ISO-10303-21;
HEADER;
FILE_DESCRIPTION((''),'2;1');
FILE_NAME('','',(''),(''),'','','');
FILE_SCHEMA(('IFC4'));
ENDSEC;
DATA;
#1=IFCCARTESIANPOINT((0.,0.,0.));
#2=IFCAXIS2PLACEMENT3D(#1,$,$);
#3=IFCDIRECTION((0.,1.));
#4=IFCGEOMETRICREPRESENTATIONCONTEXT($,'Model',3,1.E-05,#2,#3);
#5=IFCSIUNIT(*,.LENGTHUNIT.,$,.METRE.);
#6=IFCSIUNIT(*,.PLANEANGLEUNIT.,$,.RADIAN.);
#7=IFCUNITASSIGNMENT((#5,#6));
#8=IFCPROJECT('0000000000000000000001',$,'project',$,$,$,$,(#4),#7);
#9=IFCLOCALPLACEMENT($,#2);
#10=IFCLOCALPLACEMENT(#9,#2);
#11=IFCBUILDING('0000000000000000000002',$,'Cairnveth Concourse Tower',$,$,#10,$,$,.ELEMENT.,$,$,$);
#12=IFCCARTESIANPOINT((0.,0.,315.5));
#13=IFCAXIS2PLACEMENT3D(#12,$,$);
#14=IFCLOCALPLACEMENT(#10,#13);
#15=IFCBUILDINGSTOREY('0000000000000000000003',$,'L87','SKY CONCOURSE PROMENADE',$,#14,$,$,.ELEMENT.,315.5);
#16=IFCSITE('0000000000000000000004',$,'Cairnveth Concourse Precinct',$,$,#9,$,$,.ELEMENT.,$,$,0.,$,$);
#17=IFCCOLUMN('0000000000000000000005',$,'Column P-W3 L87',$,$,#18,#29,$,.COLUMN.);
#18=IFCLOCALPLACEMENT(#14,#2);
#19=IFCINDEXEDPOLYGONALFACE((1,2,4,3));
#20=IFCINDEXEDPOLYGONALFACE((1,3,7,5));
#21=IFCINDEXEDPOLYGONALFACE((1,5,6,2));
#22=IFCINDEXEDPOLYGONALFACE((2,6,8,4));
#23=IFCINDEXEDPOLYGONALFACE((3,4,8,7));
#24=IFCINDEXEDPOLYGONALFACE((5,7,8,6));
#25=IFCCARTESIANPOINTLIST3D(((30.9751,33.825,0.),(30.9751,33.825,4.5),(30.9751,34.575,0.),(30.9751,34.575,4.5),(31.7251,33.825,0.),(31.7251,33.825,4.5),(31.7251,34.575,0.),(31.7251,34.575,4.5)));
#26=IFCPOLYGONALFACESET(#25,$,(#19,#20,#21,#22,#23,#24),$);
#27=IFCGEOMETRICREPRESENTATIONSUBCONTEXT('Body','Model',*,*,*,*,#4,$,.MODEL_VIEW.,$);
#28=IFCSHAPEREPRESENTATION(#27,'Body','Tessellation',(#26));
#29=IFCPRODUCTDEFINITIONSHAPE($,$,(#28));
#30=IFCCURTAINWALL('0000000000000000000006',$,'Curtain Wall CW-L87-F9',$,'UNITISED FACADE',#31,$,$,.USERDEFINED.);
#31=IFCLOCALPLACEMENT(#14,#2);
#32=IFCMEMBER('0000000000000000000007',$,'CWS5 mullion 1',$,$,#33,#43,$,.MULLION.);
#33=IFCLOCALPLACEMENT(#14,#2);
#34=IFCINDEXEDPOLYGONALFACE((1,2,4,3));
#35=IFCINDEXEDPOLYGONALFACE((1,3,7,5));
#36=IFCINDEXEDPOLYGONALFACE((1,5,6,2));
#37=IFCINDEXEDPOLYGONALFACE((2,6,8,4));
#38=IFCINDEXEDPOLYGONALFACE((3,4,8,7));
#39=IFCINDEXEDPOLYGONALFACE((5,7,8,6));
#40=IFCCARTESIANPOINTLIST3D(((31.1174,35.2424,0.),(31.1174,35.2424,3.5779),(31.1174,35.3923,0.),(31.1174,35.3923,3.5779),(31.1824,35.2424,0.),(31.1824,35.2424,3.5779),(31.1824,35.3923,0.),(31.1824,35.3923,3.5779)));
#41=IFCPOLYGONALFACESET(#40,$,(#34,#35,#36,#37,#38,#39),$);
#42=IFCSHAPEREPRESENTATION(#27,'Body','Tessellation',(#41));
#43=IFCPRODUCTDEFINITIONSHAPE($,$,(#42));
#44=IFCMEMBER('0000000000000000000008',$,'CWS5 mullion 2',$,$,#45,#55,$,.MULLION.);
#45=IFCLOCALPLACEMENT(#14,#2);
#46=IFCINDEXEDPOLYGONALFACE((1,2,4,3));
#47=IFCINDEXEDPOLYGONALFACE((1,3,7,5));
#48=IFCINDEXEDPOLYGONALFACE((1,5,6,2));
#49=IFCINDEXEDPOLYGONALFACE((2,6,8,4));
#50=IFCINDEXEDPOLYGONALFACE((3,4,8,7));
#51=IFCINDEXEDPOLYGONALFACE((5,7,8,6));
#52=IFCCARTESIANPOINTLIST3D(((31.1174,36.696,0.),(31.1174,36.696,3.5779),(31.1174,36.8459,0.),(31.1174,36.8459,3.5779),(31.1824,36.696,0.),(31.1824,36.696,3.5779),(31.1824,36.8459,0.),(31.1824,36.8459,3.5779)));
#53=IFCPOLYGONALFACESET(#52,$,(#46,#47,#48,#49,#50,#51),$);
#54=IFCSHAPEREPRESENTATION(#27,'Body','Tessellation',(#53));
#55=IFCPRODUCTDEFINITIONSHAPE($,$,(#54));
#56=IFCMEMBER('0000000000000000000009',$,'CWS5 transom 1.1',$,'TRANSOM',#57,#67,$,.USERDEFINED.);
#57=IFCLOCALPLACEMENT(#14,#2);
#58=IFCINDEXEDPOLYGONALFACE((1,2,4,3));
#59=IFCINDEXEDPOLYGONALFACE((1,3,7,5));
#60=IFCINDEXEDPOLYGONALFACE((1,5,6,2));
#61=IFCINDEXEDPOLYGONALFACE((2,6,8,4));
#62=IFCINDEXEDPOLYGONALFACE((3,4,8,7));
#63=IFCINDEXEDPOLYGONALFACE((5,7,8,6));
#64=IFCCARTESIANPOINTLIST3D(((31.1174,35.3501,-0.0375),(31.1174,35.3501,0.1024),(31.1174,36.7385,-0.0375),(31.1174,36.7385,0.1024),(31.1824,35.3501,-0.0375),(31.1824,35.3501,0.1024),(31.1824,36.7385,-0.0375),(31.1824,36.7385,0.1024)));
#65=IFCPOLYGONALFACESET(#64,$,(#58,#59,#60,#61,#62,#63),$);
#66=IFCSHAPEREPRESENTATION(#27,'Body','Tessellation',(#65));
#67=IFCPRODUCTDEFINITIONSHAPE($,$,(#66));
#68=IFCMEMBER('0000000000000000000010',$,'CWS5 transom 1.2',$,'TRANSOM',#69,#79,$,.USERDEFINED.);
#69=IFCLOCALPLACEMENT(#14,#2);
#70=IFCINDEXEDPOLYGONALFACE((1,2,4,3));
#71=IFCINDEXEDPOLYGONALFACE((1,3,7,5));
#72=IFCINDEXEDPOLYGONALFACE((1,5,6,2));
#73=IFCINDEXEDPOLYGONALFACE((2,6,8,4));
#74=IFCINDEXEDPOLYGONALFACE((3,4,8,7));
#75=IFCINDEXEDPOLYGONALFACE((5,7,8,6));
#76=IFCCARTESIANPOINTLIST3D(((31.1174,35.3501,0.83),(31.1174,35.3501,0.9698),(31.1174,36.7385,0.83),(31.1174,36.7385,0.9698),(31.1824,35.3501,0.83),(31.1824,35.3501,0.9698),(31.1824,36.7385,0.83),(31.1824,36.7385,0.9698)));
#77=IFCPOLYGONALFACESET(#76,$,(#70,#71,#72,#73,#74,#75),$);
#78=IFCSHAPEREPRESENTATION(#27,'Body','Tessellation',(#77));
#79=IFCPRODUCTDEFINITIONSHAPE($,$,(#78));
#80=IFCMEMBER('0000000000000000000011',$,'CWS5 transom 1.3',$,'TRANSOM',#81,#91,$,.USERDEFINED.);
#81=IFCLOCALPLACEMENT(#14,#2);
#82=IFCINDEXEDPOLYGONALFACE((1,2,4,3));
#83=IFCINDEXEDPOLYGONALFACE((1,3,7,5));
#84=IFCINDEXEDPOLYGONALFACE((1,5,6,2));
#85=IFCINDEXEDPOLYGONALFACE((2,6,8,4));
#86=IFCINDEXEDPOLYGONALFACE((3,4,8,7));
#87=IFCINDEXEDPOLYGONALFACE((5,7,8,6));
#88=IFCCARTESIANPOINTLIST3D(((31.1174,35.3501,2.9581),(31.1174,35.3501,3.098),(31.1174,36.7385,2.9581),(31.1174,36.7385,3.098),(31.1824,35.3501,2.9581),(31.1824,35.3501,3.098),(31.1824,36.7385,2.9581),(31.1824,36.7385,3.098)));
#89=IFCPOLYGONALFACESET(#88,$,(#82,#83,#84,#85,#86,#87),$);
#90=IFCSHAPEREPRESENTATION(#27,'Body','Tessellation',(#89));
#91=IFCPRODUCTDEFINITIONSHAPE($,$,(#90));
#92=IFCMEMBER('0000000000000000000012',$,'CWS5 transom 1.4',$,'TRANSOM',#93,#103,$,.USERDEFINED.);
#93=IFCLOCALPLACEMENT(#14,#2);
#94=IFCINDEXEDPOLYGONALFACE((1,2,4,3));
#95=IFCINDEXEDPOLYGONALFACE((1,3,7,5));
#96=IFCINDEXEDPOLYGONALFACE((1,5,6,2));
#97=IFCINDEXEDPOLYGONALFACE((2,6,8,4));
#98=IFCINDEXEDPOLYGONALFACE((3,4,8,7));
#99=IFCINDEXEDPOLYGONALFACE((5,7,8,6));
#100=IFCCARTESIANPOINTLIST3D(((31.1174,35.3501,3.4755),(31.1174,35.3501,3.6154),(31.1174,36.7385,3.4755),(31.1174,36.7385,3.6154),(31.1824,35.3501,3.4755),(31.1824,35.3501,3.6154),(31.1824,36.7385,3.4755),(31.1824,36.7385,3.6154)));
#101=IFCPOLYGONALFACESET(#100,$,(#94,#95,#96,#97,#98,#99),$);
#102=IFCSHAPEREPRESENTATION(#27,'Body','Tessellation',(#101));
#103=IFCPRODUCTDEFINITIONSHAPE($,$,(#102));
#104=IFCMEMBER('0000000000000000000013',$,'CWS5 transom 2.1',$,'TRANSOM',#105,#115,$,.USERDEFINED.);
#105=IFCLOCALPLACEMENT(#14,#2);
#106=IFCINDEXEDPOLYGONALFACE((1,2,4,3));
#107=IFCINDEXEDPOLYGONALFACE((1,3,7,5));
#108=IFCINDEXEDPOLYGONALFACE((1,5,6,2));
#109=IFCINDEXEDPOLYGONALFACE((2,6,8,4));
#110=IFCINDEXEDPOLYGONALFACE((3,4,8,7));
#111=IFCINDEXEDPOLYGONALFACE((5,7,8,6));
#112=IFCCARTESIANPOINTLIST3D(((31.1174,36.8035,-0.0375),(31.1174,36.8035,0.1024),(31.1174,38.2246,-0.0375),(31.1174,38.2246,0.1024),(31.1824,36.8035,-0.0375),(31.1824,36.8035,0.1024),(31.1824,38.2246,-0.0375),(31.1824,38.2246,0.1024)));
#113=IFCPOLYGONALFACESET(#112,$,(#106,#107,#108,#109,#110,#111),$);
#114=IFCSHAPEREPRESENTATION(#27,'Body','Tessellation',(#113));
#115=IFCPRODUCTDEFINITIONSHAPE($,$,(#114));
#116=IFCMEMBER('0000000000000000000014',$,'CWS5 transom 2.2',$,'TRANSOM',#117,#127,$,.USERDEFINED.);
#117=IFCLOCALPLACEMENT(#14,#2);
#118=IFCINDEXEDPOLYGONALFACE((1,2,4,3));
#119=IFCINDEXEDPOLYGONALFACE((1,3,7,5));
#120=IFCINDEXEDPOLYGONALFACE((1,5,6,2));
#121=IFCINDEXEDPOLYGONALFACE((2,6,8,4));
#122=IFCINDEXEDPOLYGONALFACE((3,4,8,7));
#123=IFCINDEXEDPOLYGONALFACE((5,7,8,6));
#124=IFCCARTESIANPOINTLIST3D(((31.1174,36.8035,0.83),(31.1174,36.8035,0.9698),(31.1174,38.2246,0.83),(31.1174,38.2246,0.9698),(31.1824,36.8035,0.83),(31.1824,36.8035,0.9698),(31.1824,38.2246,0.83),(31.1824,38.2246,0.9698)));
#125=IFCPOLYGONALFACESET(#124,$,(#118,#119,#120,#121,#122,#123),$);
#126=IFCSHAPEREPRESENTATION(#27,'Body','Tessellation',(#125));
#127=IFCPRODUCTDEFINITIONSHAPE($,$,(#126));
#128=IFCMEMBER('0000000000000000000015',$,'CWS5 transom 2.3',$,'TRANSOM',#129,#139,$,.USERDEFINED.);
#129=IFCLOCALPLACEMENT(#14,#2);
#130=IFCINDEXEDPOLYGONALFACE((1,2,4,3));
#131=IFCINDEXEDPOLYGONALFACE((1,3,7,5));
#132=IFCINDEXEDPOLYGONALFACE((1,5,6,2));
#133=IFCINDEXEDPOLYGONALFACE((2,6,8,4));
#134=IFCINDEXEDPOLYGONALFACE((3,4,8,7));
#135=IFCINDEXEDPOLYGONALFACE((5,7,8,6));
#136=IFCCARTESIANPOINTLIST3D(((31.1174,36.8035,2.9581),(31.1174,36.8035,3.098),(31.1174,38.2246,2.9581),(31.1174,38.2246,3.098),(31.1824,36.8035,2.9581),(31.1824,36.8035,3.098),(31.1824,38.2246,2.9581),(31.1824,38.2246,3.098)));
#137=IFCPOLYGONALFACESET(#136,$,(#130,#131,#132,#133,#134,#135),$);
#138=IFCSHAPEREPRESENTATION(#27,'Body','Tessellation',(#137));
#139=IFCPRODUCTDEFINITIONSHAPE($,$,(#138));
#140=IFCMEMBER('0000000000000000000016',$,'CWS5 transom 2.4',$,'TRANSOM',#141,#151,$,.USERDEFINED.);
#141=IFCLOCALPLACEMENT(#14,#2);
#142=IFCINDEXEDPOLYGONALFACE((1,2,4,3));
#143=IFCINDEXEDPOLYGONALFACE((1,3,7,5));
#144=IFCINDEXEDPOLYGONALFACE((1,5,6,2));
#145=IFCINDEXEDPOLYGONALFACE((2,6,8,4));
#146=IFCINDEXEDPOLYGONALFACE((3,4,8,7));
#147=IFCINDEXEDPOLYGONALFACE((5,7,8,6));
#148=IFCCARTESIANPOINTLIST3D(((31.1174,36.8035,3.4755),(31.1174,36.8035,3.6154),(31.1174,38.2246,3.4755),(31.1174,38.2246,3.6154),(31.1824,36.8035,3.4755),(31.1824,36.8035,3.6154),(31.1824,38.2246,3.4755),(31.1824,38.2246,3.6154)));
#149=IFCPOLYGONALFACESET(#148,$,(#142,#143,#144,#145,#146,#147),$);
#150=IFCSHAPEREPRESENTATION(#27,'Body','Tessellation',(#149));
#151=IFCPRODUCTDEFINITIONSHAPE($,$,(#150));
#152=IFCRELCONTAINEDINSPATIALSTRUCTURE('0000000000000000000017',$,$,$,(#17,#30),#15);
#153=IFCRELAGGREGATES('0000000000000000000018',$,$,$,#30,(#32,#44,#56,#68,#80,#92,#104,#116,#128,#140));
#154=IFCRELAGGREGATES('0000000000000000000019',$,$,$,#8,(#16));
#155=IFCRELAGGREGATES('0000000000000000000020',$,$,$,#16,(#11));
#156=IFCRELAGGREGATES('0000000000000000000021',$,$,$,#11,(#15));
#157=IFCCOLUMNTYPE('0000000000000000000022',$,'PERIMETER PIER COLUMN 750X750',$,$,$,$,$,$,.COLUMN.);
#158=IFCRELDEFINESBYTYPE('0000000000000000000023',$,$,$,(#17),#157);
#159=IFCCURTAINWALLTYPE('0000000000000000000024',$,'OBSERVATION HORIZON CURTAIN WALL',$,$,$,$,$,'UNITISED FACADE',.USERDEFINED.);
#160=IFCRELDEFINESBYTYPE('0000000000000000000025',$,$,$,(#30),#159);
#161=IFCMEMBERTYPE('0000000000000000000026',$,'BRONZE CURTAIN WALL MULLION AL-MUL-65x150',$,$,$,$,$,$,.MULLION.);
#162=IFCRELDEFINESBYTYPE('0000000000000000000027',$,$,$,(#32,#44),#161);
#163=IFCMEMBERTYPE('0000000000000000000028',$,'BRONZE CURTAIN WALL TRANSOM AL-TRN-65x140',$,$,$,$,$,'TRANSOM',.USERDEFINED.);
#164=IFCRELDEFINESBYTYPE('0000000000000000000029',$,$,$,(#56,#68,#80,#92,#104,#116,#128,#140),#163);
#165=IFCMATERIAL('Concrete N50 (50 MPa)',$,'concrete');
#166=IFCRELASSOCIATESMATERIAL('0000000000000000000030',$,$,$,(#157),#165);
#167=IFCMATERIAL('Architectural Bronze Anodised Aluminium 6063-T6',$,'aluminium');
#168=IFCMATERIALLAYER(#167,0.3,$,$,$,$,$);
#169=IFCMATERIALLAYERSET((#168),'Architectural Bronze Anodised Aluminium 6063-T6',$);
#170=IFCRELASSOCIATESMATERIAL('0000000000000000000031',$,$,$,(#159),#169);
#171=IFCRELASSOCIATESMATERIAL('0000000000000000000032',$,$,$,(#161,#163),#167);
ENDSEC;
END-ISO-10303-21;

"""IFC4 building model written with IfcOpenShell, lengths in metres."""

from ifc_helpers import new_model, si_unit, direction, frame, origin, origin_2d, place, context, subcontext, project, spatial, rectangle, extrude, material, layer, layer_set, material_profile, profile_set, type_object, element, aggregate, save


model = new_model("IFC4")

# Units and contexts
model_context = context("Model", 3, precision=1e-05, world=origin(), true_north=direction((0.0, 1.0)))
body_context = subcontext(model_context, "Body", "Model", "MODEL_VIEW")
ifc_project = project(units=[si_unit("LENGTHUNIT", "METRE"), si_unit("PLANEANGLEUNIT", "RADIAN")], contexts=[model_context])

# Site, building, storey
site_placement = place(None, origin())
site = spatial("IfcSite", under=ifc_project, at=site_placement, Name="Cairnveth Concourse Precinct", CompositionType="ELEMENT", RefElevation=0.0)
building_placement = place(site_placement, origin())
building = spatial("IfcBuilding", under=site, at=building_placement, Name="Cairnveth Concourse Tower", CompositionType="ELEMENT")
storey_placement = place(building_placement, frame((0.0, 0.0, 315.5)))
storey = spatial("IfcBuildingStorey", under=building, at=storey_placement, Name="L87", Description="SKY CONCOURSE PROMENADE", CompositionType="ELEMENT", Elevation=315.5)

# Column
ifc_material_1 = material(Name="Concrete N50 (50 MPa)", Category="concrete")
ifc_material_profile_1 = material_profile(ifc_material_1, rectangle(XDim=0.75, YDim=0.75, at=origin_2d()), Name="RC-COL-750x750")
ifc_profile_set_1 = profile_set([ifc_material_profile_1], Name="Concrete N50 (50 MPa)")
column_type = type_object("IfcColumnType", Name="PERIMETER PIER COLUMN 750X750", PredefinedType="COLUMN", material=ifc_profile_set_1)
column_placement = place(storey_placement, frame((31.3501, 34.2, 0.0), z_axis=(0.0, 0.0, 1.0), x_axis=(0.0, 1.0, 0.0)))
element("IfcColumn", 1, at=column_placement, inside=storey, type_object=column_type, Name="Column P-W3 L87", PredefinedType="COLUMN", context=body_context, shape_type="SweptSolid", body=[
    extrude(rectangle(XDim=0.75, YDim=0.75, at=origin_2d()), origin(), (0.0, 0.0, 1.0), 4.5),
])

# Curtain wall, members
ifc_material_2 = material(Name="Architectural Bronze Anodised Aluminium 6063-T6", Category="aluminium")
ifc_layer_1 = layer(ifc_material_2, 0.3)
ifc_layer_set_1 = layer_set([ifc_layer_1], Name="Architectural Bronze Anodised Aluminium 6063-T6")
curtain_wall_type = type_object("IfcCurtainWallType", Name="OBSERVATION HORIZON CURTAIN WALL", ElementType="UNITISED FACADE", PredefinedType="USERDEFINED", material=ifc_layer_set_1)
curtain_wall_placement = place(storey_placement, origin())
curtain_wall = element("IfcCurtainWall", 2, at=curtain_wall_placement, inside=storey, type_object=curtain_wall_type, Name="Curtain Wall CW-L87-F9", ObjectType="UNITISED FACADE", PredefinedType="USERDEFINED")
ifc_material_profile_2 = material_profile(ifc_material_2, rectangle(XDim=0.0649, YDim=0.1499, at=origin_2d()), Name="AL-MUL-65x150")
ifc_profile_set_2 = profile_set([ifc_material_profile_2], Name="Architectural Bronze Anodised Aluminium 6063-T6")
member_type_1 = type_object("IfcMemberType", Name="BRONZE CURTAIN WALL MULLION AL-MUL-65x150", PredefinedType="MULLION", material=ifc_profile_set_2)
member_1_placement = place(storey_placement, frame((31.1499, 35.3174, 0.0), z_axis=(0.0, 0.0, 1.0), x_axis=(-1.0, 0.0, 0.0)))
member_1 = element("IfcMember", 3, at=member_1_placement, type_object=member_type_1, Name="CWS5 mullion 1", PredefinedType="MULLION", context=body_context, shape_type="SweptSolid", body=[
    extrude(rectangle(XDim=0.0649, YDim=0.1499, at=origin_2d()), origin(), (0.0, 0.0, 1.0), 3.5779),
])
member_2_placement = place(storey_placement, frame((31.1499, 36.771, 0.0), z_axis=(0.0, 0.0, 1.0), x_axis=(-1.0, 0.0, 0.0)))
member_2 = element("IfcMember", 4, at=member_2_placement, type_object=member_type_1, Name="CWS5 mullion 2", PredefinedType="MULLION", context=body_context, shape_type="SweptSolid", body=[
    extrude(rectangle(XDim=0.0649, YDim=0.1499, at=origin_2d()), origin(), (0.0, 0.0, 1.0), 3.5779),
])
ifc_material_profile_3 = material_profile(ifc_material_2, rectangle(XDim=0.0649, YDim=0.1399, at=origin_2d()), Name="AL-TRN-65x140")
ifc_profile_set_3 = profile_set([ifc_material_profile_3], Name="Architectural Bronze Anodised Aluminium 6063-T6")
member_type_2 = type_object("IfcMemberType", Name="BRONZE CURTAIN WALL TRANSOM AL-TRN-65x140", ElementType="TRANSOM", PredefinedType="USERDEFINED", material=ifc_profile_set_3)
member_3_placement = place(storey_placement, frame((31.1499, 35.3501, 0.0325), z_axis=(0.0, 1.0, 0.0), x_axis=(-1.0, 0.0, 0.0)))
member_3 = element("IfcMember", 5, at=member_3_placement, type_object=member_type_2, Name="CWS5 transom 1.1", ObjectType="TRANSOM", PredefinedType="USERDEFINED", context=body_context, shape_type="SweptSolid", body=[
    extrude(rectangle(XDim=0.0649, YDim=0.1399, at=origin_2d()), origin(), (0.0, 0.0, 1.0), 1.3884),
])
member_4_placement = place(storey_placement, frame((31.1499, 35.3501, 0.8999), z_axis=(0.0, 1.0, 0.0), x_axis=(-1.0, 0.0, 0.0)))
member_4 = element("IfcMember", 6, at=member_4_placement, type_object=member_type_2, Name="CWS5 transom 1.2", ObjectType="TRANSOM", PredefinedType="USERDEFINED", context=body_context, shape_type="SweptSolid", body=[
    extrude(rectangle(XDim=0.0649, YDim=0.1399, at=origin_2d()), origin(), (0.0, 0.0, 1.0), 1.3884),
])
member_5_placement = place(storey_placement, frame((31.1499, 35.3501, 3.0281), z_axis=(0.0, 1.0, 0.0), x_axis=(-1.0, 0.0, 0.0)))
member_5 = element("IfcMember", 7, at=member_5_placement, type_object=member_type_2, Name="CWS5 transom 1.3", ObjectType="TRANSOM", PredefinedType="USERDEFINED", context=body_context, shape_type="SweptSolid", body=[
    extrude(rectangle(XDim=0.0649, YDim=0.1399, at=origin_2d()), origin(), (0.0, 0.0, 1.0), 1.3884),
])
member_6_placement = place(storey_placement, frame((31.1499, 35.3501, 3.5454), z_axis=(0.0, 1.0, 0.0), x_axis=(-1.0, 0.0, 0.0)))
member_6 = element("IfcMember", 8, at=member_6_placement, type_object=member_type_2, Name="CWS5 transom 1.4", ObjectType="TRANSOM", PredefinedType="USERDEFINED", context=body_context, shape_type="SweptSolid", body=[
    extrude(rectangle(XDim=0.0649, YDim=0.1399, at=origin_2d()), origin(), (0.0, 0.0, 1.0), 1.3884),
])
member_7_placement = place(storey_placement, frame((31.1499, 36.8035, 0.0325), z_axis=(0.0, 1.0, 0.0), x_axis=(-1.0, 0.0, 0.0)))
member_7 = element("IfcMember", 9, at=member_7_placement, type_object=member_type_2, Name="CWS5 transom 2.1", ObjectType="TRANSOM", PredefinedType="USERDEFINED", context=body_context, shape_type="SweptSolid", body=[
    extrude(rectangle(XDim=0.0649, YDim=0.1399, at=origin_2d()), origin(), (0.0, 0.0, 1.0), 1.4211),
])
member_8_placement = place(storey_placement, frame((31.1499, 36.8035, 0.8999), z_axis=(0.0, 1.0, 0.0), x_axis=(-1.0, 0.0, 0.0)))
member_8 = element("IfcMember", 10, at=member_8_placement, type_object=member_type_2, Name="CWS5 transom 2.2", ObjectType="TRANSOM", PredefinedType="USERDEFINED", context=body_context, shape_type="SweptSolid", body=[
    extrude(rectangle(XDim=0.0649, YDim=0.1399, at=origin_2d()), origin(), (0.0, 0.0, 1.0), 1.4211),
])
member_9_placement = place(storey_placement, frame((31.1499, 36.8035, 3.0281), z_axis=(0.0, 1.0, 0.0), x_axis=(-1.0, 0.0, 0.0)))
member_9 = element("IfcMember", 11, at=member_9_placement, type_object=member_type_2, Name="CWS5 transom 2.3", ObjectType="TRANSOM", PredefinedType="USERDEFINED", context=body_context, shape_type="SweptSolid", body=[
    extrude(rectangle(XDim=0.0649, YDim=0.1399, at=origin_2d()), origin(), (0.0, 0.0, 1.0), 1.4211),
])
member_10_placement = place(storey_placement, frame((31.1499, 36.8035, 3.5454), z_axis=(0.0, 1.0, 0.0), x_axis=(-1.0, 0.0, 0.0)))
member_10 = element("IfcMember", 12, at=member_10_placement, type_object=member_type_2, Name="CWS5 transom 2.4", ObjectType="TRANSOM", PredefinedType="USERDEFINED", context=body_context, shape_type="SweptSolid", body=[
    extrude(rectangle(XDim=0.0649, YDim=0.1399, at=origin_2d()), origin(), (0.0, 0.0, 1.0), 1.4211),
])

aggregate(curtain_wall, [member_1, member_2, member_3, member_4, member_5, member_6, member_7, member_8, member_9, member_10])

save(model, "model.ifc")
